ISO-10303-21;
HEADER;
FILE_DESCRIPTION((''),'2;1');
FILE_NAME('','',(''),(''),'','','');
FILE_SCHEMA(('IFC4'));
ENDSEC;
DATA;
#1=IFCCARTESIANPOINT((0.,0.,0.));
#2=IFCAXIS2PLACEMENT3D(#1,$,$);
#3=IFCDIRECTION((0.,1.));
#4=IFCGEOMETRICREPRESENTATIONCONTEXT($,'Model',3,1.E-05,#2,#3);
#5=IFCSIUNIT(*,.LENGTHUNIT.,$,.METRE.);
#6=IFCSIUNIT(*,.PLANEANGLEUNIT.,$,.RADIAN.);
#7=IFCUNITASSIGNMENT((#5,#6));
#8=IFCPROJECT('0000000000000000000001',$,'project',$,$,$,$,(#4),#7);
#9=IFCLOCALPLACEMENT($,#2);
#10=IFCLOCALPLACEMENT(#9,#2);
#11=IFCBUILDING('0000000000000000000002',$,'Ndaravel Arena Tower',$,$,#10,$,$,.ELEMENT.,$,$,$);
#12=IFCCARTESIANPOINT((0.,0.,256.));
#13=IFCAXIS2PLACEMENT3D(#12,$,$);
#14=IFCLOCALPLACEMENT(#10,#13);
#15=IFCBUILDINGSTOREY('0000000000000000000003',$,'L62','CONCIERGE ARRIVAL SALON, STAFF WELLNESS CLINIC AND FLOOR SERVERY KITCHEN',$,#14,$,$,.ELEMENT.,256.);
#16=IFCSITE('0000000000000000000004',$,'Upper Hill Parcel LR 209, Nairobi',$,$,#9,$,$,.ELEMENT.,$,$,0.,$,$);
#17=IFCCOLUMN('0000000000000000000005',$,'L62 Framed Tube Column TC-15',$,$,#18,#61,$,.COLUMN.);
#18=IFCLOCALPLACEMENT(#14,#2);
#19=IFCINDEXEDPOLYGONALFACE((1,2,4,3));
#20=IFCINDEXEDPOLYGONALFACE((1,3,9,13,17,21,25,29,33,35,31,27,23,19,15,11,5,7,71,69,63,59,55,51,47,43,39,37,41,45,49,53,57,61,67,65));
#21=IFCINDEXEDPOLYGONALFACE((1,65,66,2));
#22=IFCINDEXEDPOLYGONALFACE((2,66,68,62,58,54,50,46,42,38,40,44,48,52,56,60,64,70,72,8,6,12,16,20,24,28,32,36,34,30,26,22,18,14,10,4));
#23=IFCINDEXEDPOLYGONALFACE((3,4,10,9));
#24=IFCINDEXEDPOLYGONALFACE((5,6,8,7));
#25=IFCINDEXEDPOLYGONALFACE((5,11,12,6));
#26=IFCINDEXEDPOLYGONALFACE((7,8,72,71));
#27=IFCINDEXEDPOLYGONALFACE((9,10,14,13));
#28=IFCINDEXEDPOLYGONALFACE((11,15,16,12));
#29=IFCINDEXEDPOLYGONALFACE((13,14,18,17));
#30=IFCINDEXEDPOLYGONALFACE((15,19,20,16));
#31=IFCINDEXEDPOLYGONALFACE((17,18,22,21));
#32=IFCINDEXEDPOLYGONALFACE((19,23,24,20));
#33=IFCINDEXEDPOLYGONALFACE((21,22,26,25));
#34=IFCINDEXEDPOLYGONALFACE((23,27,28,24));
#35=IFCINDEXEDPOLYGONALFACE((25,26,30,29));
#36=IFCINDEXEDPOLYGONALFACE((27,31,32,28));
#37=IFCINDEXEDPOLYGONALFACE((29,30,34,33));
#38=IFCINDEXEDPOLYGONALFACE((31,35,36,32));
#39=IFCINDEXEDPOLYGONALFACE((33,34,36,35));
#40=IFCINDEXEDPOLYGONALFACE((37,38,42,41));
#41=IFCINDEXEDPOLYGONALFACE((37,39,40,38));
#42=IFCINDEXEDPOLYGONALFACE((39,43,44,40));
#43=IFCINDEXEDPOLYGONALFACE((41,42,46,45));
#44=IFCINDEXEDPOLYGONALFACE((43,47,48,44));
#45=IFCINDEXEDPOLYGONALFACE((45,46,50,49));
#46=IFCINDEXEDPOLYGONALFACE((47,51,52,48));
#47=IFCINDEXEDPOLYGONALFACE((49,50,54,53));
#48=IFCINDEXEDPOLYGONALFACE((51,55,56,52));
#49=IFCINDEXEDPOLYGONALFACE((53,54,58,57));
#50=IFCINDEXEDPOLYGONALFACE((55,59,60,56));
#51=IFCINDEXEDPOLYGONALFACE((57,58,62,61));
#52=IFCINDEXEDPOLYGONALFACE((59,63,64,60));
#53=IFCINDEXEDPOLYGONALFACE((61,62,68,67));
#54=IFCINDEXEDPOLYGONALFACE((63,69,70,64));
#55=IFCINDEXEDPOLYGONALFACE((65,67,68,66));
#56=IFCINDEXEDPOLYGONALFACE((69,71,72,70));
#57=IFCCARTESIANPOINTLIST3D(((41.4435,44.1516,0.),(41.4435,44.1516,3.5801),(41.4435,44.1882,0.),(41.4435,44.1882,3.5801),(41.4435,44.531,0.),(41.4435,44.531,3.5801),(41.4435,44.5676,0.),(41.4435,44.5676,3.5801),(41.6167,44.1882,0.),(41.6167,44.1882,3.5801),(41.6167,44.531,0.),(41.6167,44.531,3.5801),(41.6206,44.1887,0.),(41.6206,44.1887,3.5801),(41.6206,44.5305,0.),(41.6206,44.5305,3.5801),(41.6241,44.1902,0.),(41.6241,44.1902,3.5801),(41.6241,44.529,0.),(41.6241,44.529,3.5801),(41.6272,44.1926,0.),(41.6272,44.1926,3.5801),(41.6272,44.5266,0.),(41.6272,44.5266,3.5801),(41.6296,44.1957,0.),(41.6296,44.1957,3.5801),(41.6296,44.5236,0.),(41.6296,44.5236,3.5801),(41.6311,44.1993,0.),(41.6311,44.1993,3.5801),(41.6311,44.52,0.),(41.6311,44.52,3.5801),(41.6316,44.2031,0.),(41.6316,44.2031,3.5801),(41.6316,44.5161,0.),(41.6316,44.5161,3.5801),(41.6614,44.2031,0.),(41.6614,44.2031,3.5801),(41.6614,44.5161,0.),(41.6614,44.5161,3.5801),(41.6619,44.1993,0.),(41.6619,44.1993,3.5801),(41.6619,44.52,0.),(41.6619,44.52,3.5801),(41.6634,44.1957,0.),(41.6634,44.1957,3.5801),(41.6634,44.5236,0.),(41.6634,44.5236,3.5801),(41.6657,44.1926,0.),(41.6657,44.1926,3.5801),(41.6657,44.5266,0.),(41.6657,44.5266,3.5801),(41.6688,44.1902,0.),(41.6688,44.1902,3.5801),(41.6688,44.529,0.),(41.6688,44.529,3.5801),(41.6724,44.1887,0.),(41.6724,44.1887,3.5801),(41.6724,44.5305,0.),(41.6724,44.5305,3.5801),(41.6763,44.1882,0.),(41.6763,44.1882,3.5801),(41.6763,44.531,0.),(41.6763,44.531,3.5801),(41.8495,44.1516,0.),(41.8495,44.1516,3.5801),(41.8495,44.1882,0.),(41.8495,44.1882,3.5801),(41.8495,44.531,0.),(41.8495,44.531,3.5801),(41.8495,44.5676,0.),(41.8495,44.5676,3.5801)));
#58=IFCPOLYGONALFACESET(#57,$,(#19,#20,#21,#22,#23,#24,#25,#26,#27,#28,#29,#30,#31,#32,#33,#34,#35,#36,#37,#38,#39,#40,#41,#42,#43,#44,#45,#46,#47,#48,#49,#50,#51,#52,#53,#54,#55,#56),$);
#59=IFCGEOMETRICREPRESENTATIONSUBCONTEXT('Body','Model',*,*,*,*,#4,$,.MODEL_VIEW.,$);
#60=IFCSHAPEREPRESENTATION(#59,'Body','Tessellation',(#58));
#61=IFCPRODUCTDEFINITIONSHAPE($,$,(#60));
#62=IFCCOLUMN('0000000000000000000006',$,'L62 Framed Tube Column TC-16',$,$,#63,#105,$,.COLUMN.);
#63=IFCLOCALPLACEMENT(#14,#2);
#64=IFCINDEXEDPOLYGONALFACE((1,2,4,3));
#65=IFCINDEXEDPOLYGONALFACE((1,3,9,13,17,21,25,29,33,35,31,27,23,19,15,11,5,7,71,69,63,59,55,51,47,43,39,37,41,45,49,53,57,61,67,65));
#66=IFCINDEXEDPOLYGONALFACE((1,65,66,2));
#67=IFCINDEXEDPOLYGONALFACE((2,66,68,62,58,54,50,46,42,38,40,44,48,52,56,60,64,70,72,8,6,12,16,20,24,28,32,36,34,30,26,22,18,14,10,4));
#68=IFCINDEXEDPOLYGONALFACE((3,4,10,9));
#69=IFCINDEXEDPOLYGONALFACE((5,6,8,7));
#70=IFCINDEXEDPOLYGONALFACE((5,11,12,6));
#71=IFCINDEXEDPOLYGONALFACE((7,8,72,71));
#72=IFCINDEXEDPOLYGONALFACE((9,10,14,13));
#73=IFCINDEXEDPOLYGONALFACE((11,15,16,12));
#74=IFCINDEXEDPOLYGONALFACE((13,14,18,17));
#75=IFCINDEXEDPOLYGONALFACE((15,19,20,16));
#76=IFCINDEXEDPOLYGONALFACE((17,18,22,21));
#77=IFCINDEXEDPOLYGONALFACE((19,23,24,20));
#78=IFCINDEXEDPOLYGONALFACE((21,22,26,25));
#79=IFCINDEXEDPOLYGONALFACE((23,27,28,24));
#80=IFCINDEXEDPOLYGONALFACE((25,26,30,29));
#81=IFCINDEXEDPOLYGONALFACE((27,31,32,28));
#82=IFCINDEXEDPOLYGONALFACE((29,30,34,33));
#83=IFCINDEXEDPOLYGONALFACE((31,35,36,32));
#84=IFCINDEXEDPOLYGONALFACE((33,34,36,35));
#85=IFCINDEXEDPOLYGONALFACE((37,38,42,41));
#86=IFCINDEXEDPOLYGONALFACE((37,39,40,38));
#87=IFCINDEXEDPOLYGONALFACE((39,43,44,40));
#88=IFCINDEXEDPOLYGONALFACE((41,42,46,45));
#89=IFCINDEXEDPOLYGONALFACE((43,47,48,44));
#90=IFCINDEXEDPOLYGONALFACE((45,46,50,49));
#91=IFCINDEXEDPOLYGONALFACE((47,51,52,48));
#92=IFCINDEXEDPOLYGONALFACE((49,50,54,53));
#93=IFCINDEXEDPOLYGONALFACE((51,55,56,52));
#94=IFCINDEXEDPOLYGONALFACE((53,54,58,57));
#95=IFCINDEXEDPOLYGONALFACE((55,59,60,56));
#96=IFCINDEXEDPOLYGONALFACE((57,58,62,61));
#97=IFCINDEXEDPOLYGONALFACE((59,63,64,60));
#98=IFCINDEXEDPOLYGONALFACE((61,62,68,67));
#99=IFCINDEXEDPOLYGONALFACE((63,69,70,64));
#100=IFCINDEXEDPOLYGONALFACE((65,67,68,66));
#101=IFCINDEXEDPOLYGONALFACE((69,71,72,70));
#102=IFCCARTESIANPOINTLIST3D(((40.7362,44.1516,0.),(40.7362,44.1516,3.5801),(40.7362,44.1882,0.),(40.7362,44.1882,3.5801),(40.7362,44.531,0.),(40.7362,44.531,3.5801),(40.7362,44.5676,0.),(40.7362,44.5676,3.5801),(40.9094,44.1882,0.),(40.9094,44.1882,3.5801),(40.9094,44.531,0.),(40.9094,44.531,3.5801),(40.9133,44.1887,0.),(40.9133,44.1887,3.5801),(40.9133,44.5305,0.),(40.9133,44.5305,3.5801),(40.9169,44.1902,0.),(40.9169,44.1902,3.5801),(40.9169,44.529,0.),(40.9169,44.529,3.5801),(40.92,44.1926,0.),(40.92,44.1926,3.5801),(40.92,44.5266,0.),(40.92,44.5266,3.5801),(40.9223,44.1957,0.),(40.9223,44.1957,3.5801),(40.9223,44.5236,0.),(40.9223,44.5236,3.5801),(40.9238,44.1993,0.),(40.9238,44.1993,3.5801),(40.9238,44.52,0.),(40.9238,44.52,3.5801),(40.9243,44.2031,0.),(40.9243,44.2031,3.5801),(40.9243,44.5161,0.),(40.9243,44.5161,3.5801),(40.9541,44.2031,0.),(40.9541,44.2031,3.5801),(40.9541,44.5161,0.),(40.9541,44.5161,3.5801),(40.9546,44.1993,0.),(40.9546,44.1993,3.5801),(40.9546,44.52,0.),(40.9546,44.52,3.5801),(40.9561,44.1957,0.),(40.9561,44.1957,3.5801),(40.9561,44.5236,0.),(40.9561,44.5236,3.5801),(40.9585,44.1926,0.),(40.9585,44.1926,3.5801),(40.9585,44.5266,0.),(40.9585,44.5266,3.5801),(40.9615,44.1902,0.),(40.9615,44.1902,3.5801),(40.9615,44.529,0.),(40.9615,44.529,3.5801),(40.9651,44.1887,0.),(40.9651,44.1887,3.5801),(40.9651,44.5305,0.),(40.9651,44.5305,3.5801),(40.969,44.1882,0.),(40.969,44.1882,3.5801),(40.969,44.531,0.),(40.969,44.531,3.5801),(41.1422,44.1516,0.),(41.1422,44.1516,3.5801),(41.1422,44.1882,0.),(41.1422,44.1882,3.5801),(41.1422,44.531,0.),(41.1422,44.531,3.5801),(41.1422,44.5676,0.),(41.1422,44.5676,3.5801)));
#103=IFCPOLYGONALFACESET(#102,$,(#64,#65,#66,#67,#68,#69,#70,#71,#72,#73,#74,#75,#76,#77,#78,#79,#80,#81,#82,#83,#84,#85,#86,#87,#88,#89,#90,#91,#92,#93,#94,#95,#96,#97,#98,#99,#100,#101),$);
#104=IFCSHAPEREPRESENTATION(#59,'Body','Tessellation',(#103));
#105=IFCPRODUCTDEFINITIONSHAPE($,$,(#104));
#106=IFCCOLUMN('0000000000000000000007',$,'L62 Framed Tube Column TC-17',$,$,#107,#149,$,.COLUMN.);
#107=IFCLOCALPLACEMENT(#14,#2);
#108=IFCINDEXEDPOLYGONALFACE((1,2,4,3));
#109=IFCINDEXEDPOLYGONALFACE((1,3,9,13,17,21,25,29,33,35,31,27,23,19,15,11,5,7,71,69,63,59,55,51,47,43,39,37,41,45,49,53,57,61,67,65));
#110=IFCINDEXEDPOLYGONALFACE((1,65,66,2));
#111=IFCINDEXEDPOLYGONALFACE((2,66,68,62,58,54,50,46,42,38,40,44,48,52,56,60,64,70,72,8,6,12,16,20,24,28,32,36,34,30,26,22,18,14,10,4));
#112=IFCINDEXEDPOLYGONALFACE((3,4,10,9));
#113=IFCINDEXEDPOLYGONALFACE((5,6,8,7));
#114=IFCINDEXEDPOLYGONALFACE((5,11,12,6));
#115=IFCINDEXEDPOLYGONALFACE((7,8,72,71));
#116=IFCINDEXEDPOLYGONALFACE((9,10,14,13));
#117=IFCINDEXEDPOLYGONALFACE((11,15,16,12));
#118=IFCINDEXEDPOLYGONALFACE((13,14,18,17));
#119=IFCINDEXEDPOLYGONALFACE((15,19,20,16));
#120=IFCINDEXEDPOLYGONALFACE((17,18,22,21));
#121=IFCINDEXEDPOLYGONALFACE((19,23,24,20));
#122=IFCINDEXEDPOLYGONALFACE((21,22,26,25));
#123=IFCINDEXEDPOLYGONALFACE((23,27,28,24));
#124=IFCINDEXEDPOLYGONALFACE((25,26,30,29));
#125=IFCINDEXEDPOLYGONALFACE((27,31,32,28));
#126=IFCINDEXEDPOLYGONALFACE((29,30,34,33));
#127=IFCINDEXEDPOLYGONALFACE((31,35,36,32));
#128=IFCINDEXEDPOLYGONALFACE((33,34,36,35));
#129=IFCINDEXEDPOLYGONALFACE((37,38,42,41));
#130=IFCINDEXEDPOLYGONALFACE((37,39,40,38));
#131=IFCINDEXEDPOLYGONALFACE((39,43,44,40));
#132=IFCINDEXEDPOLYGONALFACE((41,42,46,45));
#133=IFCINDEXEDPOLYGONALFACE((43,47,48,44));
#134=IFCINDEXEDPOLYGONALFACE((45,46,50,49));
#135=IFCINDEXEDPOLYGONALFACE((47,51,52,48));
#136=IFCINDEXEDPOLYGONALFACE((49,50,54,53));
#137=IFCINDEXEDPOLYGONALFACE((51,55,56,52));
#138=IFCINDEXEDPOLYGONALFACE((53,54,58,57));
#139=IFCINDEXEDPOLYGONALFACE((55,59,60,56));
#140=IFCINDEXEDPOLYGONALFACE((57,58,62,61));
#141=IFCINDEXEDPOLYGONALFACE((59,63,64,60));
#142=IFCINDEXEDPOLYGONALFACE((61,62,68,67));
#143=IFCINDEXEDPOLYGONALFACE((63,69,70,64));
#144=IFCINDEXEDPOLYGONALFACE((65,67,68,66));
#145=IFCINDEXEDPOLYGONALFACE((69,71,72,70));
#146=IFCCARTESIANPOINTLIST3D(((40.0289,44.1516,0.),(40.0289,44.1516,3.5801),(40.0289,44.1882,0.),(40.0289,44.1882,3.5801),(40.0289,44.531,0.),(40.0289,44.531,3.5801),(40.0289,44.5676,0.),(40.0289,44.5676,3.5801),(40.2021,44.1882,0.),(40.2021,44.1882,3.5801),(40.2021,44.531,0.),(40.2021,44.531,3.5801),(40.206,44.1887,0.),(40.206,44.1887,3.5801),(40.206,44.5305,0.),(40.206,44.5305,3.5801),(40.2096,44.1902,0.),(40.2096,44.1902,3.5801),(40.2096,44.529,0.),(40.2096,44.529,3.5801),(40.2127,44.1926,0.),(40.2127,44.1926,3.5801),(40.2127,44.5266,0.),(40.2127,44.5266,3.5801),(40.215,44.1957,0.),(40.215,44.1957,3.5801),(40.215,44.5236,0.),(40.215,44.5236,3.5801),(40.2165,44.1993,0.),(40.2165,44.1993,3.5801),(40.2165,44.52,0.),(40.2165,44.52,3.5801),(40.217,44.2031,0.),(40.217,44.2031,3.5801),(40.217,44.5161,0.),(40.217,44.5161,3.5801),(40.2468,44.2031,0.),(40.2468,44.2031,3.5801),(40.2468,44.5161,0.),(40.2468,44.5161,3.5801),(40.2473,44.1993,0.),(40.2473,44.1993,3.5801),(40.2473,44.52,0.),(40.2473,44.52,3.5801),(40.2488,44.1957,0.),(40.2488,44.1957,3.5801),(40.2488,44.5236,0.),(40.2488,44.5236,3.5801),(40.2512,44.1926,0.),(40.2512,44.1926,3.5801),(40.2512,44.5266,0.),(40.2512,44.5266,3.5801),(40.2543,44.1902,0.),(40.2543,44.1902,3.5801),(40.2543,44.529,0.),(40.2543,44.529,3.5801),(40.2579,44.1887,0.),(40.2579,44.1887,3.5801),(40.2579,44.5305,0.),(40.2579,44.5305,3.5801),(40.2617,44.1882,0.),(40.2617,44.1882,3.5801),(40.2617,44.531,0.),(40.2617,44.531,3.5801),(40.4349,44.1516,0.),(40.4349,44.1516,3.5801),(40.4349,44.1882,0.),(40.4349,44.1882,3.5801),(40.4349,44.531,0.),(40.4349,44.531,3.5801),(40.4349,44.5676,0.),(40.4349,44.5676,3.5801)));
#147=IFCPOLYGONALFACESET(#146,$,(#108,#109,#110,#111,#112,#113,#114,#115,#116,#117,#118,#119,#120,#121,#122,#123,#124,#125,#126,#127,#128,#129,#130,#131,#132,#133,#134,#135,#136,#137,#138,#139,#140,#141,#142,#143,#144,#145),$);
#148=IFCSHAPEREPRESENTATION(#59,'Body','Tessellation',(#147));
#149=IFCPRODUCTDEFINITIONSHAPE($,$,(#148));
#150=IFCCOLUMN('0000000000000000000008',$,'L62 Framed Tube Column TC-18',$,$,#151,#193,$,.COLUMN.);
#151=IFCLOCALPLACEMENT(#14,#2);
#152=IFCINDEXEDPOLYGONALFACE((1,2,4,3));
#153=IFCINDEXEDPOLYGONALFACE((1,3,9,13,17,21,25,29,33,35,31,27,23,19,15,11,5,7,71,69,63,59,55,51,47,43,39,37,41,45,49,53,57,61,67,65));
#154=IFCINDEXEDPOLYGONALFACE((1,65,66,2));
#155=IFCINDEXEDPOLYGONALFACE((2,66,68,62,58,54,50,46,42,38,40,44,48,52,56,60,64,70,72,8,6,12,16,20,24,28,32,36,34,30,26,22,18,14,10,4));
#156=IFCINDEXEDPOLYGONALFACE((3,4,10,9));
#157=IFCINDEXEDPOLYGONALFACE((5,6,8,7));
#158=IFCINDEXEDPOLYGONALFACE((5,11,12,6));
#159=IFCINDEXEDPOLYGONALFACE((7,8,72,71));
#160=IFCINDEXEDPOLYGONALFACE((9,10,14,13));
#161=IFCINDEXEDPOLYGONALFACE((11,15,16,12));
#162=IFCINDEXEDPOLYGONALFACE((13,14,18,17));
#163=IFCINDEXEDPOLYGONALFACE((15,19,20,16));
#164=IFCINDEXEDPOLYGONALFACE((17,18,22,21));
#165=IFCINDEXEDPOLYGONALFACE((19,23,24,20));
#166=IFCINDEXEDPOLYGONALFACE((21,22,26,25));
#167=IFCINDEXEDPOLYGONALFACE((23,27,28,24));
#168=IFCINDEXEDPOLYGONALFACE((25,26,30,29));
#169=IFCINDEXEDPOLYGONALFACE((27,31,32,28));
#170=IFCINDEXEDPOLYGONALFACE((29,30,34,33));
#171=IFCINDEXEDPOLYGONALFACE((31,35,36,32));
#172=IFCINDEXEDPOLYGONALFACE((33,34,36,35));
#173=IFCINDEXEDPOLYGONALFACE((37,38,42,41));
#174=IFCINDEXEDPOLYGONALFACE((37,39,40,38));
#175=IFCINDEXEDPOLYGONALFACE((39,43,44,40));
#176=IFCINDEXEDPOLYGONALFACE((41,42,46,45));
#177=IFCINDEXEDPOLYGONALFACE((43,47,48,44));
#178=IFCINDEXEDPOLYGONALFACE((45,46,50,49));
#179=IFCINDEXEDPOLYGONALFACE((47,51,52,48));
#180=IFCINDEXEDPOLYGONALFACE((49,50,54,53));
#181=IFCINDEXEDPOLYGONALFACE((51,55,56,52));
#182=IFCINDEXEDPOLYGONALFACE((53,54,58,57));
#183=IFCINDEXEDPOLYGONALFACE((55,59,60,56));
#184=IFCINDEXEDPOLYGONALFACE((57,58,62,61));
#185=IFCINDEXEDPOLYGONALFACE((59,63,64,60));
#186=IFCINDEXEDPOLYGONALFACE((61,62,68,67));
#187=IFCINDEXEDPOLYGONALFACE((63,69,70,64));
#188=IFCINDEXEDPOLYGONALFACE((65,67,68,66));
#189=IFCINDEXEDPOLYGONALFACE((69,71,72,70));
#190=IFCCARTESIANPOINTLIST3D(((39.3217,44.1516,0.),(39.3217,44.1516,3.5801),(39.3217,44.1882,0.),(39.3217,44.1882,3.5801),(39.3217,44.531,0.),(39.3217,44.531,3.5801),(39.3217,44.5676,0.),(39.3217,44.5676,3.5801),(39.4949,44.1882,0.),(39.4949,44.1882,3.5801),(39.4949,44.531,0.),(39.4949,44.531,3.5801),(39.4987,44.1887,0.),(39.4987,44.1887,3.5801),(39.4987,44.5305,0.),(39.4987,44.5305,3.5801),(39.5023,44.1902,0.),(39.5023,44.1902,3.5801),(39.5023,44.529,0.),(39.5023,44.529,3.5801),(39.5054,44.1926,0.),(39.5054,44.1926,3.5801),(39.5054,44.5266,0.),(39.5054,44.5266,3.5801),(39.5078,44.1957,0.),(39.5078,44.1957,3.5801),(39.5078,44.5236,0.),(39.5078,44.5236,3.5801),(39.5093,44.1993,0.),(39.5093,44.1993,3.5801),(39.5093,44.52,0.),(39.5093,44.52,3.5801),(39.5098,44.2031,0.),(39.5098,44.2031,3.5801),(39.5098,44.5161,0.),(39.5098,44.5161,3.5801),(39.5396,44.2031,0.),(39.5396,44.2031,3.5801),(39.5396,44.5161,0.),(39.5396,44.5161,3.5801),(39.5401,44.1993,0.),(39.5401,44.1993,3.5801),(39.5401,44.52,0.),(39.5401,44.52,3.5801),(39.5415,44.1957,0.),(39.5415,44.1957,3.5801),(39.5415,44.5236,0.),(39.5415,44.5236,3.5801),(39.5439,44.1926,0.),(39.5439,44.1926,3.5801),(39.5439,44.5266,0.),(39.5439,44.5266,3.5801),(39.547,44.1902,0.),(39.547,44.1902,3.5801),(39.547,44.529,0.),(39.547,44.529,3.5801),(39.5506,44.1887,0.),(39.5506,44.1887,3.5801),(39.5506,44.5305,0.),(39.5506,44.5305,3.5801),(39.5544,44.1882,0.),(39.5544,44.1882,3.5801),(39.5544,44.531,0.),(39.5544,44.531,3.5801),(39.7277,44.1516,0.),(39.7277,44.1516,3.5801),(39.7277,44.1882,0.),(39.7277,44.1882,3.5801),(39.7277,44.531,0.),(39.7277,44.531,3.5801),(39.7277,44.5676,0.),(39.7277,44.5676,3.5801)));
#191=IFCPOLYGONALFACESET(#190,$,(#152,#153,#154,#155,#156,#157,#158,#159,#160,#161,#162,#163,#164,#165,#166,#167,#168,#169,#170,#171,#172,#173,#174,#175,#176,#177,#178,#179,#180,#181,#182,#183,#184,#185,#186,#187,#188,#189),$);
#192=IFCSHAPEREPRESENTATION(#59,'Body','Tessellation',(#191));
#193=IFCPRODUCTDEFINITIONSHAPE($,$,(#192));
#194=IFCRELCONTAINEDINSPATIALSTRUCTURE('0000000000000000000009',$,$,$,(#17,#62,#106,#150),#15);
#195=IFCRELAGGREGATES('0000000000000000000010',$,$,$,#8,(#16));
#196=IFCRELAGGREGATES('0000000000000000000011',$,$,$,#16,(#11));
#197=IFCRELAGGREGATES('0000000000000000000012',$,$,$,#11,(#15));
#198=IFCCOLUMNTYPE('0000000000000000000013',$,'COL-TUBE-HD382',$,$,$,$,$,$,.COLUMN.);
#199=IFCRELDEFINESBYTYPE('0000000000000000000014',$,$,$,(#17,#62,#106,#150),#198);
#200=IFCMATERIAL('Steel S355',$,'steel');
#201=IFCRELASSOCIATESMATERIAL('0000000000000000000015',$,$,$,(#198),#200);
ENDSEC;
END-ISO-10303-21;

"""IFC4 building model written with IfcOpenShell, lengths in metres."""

from ifc_helpers import new_model, si_unit, direction, frame, origin, origin_2d, place, context, subcontext, project, spatial, i_section, extrude, material, material_profile, profile_set, type_object, element, save


model = new_model("IFC4")

# Units and contexts
model_context = context("Model", 3, precision=1e-05, world=origin(), true_north=direction((0.0, 1.0)))
body_context = subcontext(model_context, "Body", "Model", "MODEL_VIEW")
ifc_project = project(units=[si_unit("LENGTHUNIT", "METRE"), si_unit("PLANEANGLEUNIT", "RADIAN")], contexts=[model_context])

# Site, building, storey
site_placement = place(None, origin())
site = spatial("IfcSite", under=ifc_project, at=site_placement, Name="Upper Hill Parcel LR 209, Nairobi", CompositionType="ELEMENT", RefElevation=0.0)
building_placement = place(site_placement, origin())
building = spatial("IfcBuilding", under=site, at=building_placement, Name="Ndaravel Arena Tower", CompositionType="ELEMENT")
storey_placement = place(building_placement, frame((0.0, 0.0, 256.0)))
storey = spatial("IfcBuildingStorey", under=building, at=storey_placement, Name="L62", Description="CONCIERGE ARRIVAL SALON, STAFF WELLNESS CLINIC AND FLOOR SERVERY KITCHEN", CompositionType="ELEMENT", Elevation=256.0)

# Columns
ifc_material_1 = material(Name="Steel S355", Category="steel")
ifc_material_profile_1 = material_profile(ifc_material_1, i_section(OverallWidth=0.406, OverallDepth=0.416, WebThickness=0.0298, FlangeThickness=0.0366, FilletRadius=0.0149, at=origin_2d()), Name="HD 400x382")
ifc_profile_set_1 = profile_set([ifc_material_profile_1], Name="Steel S355")
column_type = type_object("IfcColumnType", Name="COL-TUBE-HD382", PredefinedType="COLUMN", material=ifc_profile_set_1)
for number, where, z_axis, x_axis, name in (
    (1, (41.6465, 44.3596, 0.0), (0.0, 0.0, 1.0), (1.0, 0.0, 0.0), "L62 Framed Tube Column TC-15"),
    (2, (40.9392, 44.3596, 0.0), (0.0, 0.0, 1.0), (1.0, 0.0, 0.0), "L62 Framed Tube Column TC-16"),
    (3, (40.2319, 44.3596, 0.0), (0.0, 0.0, 1.0), (1.0, 0.0, 0.0), "L62 Framed Tube Column TC-17"),
    (4, (39.5247, 44.3596, 0.0), (0.0, 0.0, 1.0), (1.0, 0.0, 0.0), "L62 Framed Tube Column TC-18"),
):
    element("IfcColumn", number, at=place(storey_placement, frame(where, z_axis=z_axis, x_axis=x_axis)), inside=storey, type_object=column_type, Name=name, PredefinedType="COLUMN", context=body_context, shape_type="SweptSolid", body=[
        extrude(i_section(OverallWidth=0.406, OverallDepth=0.416, WebThickness=0.0298, FlangeThickness=0.0366, FilletRadius=0.0149, at=origin_2d()), origin(), (0.0, 0.0, 1.0), 3.5801),
    ])

save(model, "model.ifc")
